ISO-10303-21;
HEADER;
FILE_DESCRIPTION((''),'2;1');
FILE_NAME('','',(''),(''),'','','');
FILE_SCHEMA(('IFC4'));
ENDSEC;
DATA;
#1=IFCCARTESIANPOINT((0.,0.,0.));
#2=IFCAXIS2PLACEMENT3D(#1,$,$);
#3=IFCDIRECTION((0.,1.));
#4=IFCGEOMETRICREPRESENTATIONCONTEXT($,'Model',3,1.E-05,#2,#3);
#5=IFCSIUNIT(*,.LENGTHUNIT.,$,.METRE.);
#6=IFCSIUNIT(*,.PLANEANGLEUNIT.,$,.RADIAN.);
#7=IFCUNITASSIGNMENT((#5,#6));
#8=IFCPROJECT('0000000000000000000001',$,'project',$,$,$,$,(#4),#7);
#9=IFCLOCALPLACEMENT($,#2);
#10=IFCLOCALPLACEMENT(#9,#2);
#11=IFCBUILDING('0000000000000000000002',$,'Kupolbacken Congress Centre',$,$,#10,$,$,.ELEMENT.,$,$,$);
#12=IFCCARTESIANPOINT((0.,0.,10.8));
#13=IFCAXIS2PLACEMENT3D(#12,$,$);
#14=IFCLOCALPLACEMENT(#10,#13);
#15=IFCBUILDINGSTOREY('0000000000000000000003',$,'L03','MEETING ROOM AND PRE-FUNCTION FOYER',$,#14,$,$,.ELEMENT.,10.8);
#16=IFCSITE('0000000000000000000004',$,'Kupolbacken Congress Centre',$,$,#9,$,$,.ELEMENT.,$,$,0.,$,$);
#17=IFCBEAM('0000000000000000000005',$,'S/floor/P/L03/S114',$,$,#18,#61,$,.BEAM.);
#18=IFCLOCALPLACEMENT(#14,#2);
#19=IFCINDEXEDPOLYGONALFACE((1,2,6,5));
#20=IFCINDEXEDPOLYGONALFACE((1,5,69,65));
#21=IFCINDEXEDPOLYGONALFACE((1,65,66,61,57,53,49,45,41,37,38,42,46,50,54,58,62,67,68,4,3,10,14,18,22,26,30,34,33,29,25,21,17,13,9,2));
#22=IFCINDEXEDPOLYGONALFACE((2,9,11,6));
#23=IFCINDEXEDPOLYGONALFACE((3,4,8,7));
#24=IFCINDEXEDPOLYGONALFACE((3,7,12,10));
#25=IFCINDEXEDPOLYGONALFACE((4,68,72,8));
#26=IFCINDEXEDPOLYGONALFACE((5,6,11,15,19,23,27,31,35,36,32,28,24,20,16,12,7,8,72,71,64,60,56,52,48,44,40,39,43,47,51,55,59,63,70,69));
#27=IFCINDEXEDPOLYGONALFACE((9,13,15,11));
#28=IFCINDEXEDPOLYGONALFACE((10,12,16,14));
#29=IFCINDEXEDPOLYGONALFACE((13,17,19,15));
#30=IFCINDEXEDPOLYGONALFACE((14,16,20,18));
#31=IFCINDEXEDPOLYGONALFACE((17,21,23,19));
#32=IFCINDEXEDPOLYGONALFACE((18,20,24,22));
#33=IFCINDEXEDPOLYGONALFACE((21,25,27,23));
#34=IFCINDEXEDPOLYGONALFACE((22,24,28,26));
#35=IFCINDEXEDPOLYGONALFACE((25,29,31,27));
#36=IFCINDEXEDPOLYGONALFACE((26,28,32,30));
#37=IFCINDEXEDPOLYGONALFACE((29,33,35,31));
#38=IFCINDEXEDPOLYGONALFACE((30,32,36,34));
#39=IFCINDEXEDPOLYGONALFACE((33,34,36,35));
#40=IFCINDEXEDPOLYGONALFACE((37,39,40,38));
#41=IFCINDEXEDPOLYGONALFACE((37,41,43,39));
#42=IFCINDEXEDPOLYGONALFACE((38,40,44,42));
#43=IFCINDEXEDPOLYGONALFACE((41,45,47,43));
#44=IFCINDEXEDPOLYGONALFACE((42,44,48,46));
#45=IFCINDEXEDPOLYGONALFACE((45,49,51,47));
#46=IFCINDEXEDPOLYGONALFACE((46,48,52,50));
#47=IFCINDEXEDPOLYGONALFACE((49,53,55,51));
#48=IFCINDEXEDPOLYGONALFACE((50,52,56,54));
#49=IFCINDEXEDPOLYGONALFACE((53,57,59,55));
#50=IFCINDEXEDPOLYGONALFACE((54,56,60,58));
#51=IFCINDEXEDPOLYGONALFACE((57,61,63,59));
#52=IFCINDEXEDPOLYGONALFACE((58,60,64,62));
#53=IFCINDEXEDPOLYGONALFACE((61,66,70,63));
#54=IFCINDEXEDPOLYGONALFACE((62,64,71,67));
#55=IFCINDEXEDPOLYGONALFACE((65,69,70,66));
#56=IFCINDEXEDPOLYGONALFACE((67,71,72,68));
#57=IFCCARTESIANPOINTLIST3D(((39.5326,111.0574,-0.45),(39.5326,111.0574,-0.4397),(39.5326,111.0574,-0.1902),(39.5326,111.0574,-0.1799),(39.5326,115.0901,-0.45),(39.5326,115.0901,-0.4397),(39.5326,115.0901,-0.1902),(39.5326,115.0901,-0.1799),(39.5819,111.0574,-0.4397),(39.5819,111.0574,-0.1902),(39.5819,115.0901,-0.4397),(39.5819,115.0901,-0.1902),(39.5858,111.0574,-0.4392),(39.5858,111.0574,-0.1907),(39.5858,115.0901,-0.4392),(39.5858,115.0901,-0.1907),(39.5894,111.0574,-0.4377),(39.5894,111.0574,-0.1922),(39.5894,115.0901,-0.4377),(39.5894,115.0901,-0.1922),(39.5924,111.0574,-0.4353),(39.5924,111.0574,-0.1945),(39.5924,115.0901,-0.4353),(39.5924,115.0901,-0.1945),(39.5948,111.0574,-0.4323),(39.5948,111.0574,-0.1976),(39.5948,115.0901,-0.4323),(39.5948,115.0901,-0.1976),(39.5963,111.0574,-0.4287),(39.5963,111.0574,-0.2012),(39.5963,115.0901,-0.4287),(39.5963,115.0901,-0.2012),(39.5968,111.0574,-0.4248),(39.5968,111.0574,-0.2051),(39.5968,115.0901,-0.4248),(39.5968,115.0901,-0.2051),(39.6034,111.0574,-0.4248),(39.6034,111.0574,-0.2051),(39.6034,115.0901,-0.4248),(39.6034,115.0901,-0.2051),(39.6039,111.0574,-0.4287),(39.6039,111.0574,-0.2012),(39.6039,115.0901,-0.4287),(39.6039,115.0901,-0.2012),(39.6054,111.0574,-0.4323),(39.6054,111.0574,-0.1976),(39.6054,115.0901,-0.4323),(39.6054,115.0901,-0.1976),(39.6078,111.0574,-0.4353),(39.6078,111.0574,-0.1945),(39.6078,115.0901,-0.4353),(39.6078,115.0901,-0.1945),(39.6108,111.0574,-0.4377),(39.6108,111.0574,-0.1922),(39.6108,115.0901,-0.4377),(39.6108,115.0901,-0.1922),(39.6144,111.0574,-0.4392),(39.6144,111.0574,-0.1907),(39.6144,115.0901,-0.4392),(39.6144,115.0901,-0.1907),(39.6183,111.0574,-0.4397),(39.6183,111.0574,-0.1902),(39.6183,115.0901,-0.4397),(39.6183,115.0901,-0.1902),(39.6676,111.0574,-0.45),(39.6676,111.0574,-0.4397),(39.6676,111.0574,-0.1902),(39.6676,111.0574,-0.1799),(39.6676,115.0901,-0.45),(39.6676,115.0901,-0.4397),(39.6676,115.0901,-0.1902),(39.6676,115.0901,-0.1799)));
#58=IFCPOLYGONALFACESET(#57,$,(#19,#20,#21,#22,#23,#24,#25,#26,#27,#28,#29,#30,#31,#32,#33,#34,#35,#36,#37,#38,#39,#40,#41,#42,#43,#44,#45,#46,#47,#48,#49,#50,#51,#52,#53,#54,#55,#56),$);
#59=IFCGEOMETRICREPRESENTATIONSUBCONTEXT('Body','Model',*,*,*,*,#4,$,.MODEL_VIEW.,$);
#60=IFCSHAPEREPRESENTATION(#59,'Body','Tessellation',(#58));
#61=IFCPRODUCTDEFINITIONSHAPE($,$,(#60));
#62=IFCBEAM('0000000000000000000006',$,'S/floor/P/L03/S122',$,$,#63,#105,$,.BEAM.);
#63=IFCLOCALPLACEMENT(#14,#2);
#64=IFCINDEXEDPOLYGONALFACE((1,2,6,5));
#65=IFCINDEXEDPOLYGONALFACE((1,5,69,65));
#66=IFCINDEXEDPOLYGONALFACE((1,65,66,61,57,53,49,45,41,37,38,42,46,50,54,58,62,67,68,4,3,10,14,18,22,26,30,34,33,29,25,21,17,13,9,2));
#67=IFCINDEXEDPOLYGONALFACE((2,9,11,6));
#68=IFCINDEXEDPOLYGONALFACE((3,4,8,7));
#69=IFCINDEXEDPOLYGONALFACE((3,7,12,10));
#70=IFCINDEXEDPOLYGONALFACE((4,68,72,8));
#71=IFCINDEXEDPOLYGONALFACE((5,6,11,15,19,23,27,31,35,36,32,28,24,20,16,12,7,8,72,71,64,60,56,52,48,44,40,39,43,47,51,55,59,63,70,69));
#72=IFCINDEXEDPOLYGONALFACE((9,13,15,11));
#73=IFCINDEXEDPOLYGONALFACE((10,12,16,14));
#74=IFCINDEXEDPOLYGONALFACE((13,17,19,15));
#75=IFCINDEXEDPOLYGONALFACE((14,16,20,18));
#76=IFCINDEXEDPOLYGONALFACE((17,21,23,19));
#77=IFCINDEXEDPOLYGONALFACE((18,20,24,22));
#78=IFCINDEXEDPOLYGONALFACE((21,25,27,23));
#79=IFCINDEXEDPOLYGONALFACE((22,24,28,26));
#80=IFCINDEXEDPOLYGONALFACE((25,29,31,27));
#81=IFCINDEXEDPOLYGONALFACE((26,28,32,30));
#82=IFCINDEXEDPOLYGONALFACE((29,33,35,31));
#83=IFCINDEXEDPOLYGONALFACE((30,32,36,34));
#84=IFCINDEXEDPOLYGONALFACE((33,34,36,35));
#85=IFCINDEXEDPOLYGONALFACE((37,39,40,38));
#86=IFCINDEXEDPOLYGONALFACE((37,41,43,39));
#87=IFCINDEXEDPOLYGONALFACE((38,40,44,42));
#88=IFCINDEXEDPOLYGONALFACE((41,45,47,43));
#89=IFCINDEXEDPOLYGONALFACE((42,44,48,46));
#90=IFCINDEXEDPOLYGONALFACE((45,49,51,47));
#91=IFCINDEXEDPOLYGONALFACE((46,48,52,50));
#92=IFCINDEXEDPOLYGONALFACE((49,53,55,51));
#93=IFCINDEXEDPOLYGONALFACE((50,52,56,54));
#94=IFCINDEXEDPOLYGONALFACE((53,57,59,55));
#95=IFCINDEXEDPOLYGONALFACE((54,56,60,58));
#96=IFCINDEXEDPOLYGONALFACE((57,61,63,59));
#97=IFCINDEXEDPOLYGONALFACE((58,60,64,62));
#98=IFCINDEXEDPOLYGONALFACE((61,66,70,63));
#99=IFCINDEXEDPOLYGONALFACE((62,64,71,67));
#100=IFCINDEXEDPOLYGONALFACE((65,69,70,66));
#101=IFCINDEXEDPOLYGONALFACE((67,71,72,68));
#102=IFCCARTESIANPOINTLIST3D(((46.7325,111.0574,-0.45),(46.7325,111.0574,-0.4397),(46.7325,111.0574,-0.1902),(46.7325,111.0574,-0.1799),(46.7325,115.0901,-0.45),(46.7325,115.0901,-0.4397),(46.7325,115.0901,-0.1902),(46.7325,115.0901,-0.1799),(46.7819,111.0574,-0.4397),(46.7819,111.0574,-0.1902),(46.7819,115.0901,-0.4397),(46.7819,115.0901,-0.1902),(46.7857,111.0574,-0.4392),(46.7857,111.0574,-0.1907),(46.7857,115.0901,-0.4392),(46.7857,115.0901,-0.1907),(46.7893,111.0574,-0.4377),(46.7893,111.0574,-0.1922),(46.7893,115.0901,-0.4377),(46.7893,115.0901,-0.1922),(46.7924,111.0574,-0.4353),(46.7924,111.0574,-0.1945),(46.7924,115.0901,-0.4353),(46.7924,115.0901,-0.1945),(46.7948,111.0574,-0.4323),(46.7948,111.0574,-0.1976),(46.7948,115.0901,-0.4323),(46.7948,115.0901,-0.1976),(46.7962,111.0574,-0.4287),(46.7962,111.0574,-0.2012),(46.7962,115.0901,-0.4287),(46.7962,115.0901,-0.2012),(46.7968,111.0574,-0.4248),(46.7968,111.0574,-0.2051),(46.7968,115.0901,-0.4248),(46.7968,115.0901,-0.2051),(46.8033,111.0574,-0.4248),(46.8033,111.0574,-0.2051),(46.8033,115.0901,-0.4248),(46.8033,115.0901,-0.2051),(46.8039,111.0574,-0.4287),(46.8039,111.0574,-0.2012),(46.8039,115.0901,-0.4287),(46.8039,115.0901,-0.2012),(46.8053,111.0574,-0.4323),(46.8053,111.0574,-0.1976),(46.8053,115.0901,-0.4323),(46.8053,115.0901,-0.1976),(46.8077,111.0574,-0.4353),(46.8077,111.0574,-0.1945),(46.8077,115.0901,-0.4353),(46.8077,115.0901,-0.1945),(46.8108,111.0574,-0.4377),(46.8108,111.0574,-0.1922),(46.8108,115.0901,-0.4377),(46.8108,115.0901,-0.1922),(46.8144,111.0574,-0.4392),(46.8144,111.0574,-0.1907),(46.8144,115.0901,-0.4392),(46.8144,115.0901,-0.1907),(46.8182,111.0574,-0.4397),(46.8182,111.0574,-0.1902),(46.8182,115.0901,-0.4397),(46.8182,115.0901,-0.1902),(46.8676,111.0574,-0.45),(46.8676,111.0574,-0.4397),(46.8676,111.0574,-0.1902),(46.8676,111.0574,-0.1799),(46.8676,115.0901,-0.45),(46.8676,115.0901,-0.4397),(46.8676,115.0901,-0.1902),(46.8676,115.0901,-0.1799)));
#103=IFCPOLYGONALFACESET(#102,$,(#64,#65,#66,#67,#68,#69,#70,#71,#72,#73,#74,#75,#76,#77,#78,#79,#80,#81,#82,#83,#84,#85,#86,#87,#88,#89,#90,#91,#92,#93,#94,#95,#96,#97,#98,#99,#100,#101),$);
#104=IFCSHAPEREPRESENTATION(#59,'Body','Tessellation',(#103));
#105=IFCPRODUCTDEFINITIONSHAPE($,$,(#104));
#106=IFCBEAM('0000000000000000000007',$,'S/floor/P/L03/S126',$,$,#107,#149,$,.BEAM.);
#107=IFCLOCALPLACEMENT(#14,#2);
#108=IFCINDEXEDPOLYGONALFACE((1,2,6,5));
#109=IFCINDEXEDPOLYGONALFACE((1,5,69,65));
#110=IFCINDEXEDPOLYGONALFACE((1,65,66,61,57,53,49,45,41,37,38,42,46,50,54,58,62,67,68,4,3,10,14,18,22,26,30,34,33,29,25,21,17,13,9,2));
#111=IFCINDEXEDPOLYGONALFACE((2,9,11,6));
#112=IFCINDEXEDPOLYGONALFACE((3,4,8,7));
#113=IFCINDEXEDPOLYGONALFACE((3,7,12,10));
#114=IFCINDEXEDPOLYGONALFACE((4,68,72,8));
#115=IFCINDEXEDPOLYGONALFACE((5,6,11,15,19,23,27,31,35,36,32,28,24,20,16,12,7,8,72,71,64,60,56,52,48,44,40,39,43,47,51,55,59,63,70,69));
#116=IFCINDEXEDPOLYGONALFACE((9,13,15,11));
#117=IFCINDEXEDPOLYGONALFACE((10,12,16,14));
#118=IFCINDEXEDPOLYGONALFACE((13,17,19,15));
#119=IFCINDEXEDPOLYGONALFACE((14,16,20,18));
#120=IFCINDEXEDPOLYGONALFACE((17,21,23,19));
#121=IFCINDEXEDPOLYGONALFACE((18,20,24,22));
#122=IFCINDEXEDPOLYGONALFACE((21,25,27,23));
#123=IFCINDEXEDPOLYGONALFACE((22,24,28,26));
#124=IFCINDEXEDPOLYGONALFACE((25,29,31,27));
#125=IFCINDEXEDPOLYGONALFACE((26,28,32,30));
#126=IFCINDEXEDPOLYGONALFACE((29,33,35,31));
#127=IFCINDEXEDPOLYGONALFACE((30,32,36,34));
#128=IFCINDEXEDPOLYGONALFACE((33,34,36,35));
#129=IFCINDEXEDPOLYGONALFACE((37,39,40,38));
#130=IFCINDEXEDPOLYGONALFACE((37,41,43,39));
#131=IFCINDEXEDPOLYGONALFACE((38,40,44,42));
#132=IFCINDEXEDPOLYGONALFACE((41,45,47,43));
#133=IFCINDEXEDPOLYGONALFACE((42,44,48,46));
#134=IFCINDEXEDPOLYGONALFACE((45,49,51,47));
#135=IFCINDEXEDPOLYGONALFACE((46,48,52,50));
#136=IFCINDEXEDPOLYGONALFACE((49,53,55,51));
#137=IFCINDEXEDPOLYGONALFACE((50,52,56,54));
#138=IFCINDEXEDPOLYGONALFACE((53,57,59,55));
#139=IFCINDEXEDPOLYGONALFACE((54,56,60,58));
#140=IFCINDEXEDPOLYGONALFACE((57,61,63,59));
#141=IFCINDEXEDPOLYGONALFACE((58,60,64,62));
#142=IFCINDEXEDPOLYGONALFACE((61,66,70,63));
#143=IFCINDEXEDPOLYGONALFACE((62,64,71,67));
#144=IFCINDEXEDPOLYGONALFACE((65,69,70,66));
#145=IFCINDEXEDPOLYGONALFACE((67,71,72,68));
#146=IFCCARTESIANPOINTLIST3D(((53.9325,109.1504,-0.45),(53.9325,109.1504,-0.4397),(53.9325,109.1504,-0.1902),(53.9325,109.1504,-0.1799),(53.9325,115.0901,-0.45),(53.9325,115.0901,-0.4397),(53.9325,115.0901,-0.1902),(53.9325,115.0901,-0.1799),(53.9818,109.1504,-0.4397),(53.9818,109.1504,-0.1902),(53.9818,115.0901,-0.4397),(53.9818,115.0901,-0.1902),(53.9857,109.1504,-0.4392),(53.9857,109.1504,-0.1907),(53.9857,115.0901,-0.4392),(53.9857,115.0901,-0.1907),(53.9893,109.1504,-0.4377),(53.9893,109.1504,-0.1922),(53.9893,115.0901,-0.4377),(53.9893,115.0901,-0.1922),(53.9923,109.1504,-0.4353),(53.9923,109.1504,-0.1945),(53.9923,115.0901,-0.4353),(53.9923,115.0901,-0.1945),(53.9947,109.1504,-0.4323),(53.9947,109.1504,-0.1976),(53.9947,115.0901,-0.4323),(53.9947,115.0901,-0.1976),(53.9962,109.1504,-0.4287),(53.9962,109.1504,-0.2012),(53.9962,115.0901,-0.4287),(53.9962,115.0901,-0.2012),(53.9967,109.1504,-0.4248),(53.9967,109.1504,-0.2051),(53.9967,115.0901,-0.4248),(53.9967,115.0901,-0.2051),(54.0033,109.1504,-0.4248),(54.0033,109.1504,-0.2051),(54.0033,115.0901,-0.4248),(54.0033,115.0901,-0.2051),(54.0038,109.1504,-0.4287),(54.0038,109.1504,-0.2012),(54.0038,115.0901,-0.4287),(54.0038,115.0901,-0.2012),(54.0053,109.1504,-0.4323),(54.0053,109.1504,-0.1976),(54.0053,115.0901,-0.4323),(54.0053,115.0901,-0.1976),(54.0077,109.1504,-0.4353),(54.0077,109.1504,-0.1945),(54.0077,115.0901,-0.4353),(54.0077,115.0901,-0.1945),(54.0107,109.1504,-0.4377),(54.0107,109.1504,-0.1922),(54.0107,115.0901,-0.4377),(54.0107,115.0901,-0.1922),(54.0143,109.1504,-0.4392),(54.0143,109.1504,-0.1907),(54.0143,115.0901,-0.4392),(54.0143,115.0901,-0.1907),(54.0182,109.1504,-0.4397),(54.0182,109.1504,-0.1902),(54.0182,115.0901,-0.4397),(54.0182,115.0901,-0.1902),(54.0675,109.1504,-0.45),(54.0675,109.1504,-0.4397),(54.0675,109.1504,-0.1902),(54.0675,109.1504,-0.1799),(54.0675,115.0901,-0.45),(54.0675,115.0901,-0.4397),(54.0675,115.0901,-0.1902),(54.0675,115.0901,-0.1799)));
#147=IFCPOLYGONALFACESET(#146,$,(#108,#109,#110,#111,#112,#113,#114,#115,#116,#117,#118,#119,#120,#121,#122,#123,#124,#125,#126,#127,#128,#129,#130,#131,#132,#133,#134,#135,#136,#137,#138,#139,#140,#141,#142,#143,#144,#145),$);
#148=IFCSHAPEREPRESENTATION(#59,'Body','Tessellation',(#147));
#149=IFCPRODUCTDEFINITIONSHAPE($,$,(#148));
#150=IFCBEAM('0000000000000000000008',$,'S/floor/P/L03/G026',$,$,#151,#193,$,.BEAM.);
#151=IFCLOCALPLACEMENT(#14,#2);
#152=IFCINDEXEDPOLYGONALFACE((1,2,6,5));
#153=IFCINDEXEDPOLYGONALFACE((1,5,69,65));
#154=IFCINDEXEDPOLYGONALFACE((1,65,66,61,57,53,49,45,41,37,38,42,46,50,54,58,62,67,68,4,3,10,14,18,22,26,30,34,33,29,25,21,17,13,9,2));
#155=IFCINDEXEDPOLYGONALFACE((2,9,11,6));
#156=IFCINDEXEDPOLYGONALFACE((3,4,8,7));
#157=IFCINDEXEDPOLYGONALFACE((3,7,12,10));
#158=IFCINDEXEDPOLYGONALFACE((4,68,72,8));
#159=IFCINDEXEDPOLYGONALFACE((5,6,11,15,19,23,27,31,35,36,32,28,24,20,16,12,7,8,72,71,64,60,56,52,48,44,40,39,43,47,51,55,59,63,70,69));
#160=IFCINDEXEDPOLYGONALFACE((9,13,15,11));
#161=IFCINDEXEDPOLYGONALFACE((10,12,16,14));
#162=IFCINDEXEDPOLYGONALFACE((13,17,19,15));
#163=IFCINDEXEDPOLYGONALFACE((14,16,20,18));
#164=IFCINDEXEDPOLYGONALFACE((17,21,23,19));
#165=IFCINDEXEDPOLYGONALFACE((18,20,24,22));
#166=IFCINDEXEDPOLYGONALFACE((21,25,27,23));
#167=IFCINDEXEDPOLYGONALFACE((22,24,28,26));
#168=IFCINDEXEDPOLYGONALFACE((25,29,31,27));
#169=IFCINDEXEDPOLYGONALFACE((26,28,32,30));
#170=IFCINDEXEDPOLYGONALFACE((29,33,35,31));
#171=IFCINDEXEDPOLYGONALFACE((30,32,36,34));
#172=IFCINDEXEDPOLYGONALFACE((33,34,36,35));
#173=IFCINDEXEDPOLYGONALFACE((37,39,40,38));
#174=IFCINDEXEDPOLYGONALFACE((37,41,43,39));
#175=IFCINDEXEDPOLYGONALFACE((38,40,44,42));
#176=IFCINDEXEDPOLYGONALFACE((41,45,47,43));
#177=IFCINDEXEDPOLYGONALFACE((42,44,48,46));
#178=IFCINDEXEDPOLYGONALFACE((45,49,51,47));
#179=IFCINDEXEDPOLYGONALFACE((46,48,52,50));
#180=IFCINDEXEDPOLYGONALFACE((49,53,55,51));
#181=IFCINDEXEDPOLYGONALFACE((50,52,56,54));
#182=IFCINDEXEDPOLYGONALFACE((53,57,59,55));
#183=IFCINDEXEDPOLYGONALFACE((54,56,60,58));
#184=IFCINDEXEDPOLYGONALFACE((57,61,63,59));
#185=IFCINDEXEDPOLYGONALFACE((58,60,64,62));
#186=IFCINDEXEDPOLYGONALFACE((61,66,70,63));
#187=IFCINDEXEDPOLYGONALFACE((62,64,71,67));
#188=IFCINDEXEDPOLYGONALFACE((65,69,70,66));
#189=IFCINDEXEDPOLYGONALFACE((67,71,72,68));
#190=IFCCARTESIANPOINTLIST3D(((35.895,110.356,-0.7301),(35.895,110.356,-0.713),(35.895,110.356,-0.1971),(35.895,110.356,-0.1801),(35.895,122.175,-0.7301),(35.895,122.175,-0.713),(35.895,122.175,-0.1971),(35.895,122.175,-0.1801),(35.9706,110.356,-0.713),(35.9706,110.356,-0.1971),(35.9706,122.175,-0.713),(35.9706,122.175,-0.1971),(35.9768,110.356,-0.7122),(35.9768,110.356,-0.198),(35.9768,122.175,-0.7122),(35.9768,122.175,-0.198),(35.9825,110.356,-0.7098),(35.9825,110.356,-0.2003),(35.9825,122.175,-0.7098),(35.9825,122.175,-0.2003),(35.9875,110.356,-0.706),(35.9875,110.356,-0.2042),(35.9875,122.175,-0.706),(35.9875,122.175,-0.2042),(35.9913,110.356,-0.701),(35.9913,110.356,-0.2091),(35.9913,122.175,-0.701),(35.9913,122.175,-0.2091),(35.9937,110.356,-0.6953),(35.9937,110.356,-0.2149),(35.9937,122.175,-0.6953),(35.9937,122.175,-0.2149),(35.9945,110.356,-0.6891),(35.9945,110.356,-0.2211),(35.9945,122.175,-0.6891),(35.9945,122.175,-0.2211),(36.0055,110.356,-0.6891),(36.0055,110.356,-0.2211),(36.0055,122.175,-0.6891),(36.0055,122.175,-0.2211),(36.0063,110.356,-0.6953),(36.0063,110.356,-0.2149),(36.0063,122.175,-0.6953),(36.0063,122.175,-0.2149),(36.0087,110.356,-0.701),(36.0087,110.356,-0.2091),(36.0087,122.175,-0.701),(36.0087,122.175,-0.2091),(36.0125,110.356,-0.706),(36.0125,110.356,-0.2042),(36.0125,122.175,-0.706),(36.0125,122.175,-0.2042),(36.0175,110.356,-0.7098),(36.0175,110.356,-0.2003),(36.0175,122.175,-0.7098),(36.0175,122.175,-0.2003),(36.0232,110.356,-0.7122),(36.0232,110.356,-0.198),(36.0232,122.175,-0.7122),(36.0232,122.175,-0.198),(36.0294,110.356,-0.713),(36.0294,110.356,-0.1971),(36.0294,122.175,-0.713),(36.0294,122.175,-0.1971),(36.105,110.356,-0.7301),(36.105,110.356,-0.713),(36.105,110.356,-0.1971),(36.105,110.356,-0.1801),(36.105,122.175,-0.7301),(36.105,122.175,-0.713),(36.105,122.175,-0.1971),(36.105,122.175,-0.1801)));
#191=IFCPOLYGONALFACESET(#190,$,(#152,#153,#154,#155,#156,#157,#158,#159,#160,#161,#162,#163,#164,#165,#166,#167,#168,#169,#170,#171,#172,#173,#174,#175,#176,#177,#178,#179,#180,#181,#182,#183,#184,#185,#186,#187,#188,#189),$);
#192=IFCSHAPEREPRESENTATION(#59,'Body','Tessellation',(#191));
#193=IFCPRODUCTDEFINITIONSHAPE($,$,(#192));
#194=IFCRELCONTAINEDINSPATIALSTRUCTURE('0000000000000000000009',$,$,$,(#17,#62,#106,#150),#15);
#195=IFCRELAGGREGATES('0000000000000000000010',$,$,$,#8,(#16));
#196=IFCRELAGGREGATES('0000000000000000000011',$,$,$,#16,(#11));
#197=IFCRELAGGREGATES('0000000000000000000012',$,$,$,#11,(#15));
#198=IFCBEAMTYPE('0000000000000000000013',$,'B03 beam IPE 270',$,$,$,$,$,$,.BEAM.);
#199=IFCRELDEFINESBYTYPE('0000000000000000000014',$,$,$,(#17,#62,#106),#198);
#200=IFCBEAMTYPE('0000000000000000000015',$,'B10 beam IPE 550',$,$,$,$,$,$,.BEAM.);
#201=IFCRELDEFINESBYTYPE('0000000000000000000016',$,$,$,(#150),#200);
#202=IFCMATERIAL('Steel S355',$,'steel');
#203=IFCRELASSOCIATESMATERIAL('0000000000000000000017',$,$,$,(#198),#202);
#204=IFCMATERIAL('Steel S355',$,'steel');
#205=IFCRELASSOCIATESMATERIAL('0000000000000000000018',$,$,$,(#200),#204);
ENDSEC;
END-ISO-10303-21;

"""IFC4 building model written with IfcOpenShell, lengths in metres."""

from ifc_helpers import new_model, si_unit, direction, frame, origin, origin_2d, place, context, subcontext, project, spatial, i_section, extrude, material, material_profile, profile_set, type_object, element, save


model = new_model("IFC4")

# Units and contexts
model_context = context("Model", 3, precision=1e-05, world=origin(), true_north=direction((0.0, 1.0)))
body_context = subcontext(model_context, "Body", "Model", "MODEL_VIEW")
ifc_project = project(units=[si_unit("LENGTHUNIT", "METRE"), si_unit("PLANEANGLEUNIT", "RADIAN")], contexts=[model_context])

# Site, building, storey
site_placement = place(None, origin())
site = spatial("IfcSite", under=ifc_project, at=site_placement, Name="Kupolbacken Congress Centre", CompositionType="ELEMENT", RefElevation=0.0)
building_placement = place(site_placement, origin())
building = spatial("IfcBuilding", under=site, at=building_placement, Name="Kupolbacken Congress Centre", CompositionType="ELEMENT")
storey_placement = place(building_placement, frame((0.0, 0.0, 10.8)))
storey = spatial("IfcBuildingStorey", under=building, at=storey_placement, Name="L03", Description="MEETING ROOM AND PRE-FUNCTION FOYER", CompositionType="ELEMENT", Elevation=10.8)

# Beams
ifc_material_1 = material(Name="Steel S355", Category="steel")
ifc_material_profile_1 = material_profile(ifc_material_1, i_section(OverallWidth=0.135, OverallDepth=0.27, WebThickness=0.0066, FlangeThickness=0.0103, FilletRadius=0.0149, at=origin_2d()), Name="IPE 270")
ifc_profile_set_1 = profile_set([ifc_material_profile_1], Name="Steel S355")
beam_type_1 = type_object("IfcBeamType", Name="B03 beam IPE 270", PredefinedType="BEAM", material=ifc_profile_set_1)
for number, where, z_axis, x_axis, name in (
    (1, (39.6001, 111.0574, -0.3149), (0.0, 1.0, 0.0), (-1.0, 0.0, 0.0), "S/floor/P/L03/S114"),
    (2, (46.8, 111.0574, -0.3149), (0.0, 1.0, 0.0), (-1.0, 0.0, 0.0), "S/floor/P/L03/S122"),
):
    element("IfcBeam", number, at=place(storey_placement, frame(where, z_axis=z_axis, x_axis=x_axis)), inside=storey, type_object=beam_type_1, Name=name, PredefinedType="BEAM", context=body_context, shape_type="SweptSolid", body=[
        extrude(i_section(OverallWidth=0.135, OverallDepth=0.27, WebThickness=0.0066, FlangeThickness=0.0103, FilletRadius=0.0149, at=origin_2d()), origin(), (0.0, 0.0, 1.0), 4.0327),
    ])
beam_1_placement = place(storey_placement, frame((54.0, 109.1504, -0.3149), z_axis=(0.0, 1.0, 0.0), x_axis=(-1.0, 0.0, 0.0)))
element("IfcBeam", 3, at=beam_1_placement, inside=storey, type_object=beam_type_1, Name="S/floor/P/L03/S126", PredefinedType="BEAM", context=body_context, shape_type="SweptSolid", body=[
    extrude(i_section(OverallWidth=0.135, OverallDepth=0.27, WebThickness=0.0066, FlangeThickness=0.0103, FilletRadius=0.0149, at=origin_2d()), origin(), (0.0, 0.0, 1.0), 5.9397),
])
ifc_material_2 = material(Name="Steel S355", Category="steel")
ifc_material_profile_2 = material_profile(ifc_material_2, i_section(OverallWidth=0.21, OverallDepth=0.55, WebThickness=0.011, FlangeThickness=0.0171, FilletRadius=0.0239, at=origin_2d()), Name="IPE 550")
ifc_profile_set_2 = profile_set([ifc_material_profile_2], Name="Steel S355")
beam_type_2 = type_object("IfcBeamType", Name="B10 beam IPE 550", PredefinedType="BEAM", material=ifc_profile_set_2)
for number, where, z_axis, x_axis, name in (
    (4, (36.0, 110.356, -0.4551), (0.0, 1.0, 0.0), (-1.0, 0.0, 0.0), "S/floor/P/L03/G026"),
):
    element("IfcBeam", number, at=place(storey_placement, frame(where, z_axis=z_axis, x_axis=x_axis)), inside=storey, type_object=beam_type_2, Name=name, PredefinedType="BEAM", context=body_context, shape_type="SweptSolid", body=[
        extrude(i_section(OverallWidth=0.21, OverallDepth=0.55, WebThickness=0.011, FlangeThickness=0.0171, FilletRadius=0.0239, at=origin_2d()), origin(), (0.0, 0.0, 1.0), 11.8191),
    ])

save(model, "model.ifc")
